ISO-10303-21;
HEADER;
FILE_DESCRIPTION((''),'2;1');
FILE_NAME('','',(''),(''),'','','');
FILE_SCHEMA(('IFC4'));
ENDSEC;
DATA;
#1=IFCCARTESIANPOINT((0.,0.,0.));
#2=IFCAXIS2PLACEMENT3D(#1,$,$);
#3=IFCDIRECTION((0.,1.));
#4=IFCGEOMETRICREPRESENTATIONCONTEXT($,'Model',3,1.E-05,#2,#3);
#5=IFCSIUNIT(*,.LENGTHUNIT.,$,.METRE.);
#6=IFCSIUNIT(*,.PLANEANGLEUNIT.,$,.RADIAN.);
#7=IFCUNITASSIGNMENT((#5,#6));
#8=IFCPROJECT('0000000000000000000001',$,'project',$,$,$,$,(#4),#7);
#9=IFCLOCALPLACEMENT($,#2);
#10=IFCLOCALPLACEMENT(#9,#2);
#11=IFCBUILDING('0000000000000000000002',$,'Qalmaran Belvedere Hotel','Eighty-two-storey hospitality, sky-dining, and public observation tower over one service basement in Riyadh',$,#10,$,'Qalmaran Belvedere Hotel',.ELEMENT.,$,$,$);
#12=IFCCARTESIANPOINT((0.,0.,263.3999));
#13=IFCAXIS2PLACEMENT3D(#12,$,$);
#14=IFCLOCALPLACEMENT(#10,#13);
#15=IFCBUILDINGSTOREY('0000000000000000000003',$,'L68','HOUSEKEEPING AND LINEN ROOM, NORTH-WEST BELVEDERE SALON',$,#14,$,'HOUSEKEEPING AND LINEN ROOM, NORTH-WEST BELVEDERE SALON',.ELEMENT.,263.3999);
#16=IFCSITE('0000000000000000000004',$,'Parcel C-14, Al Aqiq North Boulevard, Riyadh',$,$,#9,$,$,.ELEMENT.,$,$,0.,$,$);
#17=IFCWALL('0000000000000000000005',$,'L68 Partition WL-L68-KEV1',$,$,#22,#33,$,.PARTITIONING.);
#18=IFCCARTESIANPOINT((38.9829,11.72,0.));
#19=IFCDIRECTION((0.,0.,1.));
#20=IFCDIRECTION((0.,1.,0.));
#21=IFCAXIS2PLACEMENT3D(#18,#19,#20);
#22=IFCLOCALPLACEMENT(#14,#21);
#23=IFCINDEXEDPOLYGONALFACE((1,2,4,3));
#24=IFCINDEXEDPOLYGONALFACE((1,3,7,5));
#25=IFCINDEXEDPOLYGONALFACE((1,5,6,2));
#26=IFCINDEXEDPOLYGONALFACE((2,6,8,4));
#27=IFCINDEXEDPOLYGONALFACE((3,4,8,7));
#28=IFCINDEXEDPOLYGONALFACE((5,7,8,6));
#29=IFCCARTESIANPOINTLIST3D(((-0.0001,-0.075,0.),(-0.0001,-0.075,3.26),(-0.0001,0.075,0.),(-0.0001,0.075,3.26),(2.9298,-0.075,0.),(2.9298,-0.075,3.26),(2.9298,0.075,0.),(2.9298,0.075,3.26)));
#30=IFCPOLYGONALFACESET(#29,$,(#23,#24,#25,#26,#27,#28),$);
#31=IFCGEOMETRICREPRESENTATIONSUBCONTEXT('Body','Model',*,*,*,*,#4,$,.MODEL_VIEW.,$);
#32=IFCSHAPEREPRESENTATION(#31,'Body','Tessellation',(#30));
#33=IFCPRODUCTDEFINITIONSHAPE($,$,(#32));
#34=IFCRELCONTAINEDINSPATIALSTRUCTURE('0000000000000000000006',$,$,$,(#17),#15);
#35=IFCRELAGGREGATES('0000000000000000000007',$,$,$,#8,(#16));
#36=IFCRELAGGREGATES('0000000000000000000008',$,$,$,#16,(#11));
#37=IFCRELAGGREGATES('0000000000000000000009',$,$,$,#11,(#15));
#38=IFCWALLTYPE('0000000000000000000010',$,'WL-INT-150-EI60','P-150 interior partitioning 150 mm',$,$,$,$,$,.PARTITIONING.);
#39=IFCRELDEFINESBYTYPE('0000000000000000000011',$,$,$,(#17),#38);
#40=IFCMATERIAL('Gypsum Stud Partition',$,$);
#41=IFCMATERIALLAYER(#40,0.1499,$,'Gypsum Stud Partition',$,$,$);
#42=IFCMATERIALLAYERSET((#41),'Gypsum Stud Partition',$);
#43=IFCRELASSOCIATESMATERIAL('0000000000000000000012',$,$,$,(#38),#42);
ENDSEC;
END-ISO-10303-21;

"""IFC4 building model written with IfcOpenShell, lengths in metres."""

from ifc_helpers import new_model, si_unit, direction, frame, frame_2d, origin, place, context, subcontext, project, spatial, rectangle, extrude, material, layer, layer_set, type_object, element, save


model = new_model("IFC4")

# Units and contexts
model_context = context("Model", 3, precision=1e-05, world=origin(), true_north=direction((0.0, 1.0)))
body_context = subcontext(model_context, "Body", "Model", "MODEL_VIEW")
ifc_project = project(units=[si_unit("LENGTHUNIT", "METRE"), si_unit("PLANEANGLEUNIT", "RADIAN")], contexts=[model_context])

# Site, building, storey
site_placement = place(None, origin())
site = spatial("IfcSite", under=ifc_project, at=site_placement, Name="Parcel C-14, Al Aqiq North Boulevard, Riyadh", CompositionType="ELEMENT", RefElevation=0.0)
building_placement = place(site_placement, origin())
building = spatial("IfcBuilding", under=site, at=building_placement, Name="Qalmaran Belvedere Hotel", Description="Eighty-two-storey hospitality, sky-dining, and public observation tower over one service basement in Riyadh", LongName="Qalmaran Belvedere Hotel", CompositionType="ELEMENT")
storey_placement = place(building_placement, frame((0.0, 0.0, 263.3999)))
storey = spatial("IfcBuildingStorey", under=building, at=storey_placement, Name="L68", Description="HOUSEKEEPING AND LINEN ROOM, NORTH-WEST BELVEDERE SALON", LongName="HOUSEKEEPING AND LINEN ROOM, NORTH-WEST BELVEDERE SALON", CompositionType="ELEMENT", Elevation=263.3999)

# Wall
ifc_material_1 = material(Name="Gypsum Stud Partition")
ifc_layer_1 = layer(ifc_material_1, 0.1499, Name="Gypsum Stud Partition")
ifc_layer_set_1 = layer_set([ifc_layer_1], Name="Gypsum Stud Partition")
wall_type_1 = type_object("IfcWallType", Name="WL-INT-150-EI60", Description="P-150 interior partitioning 150 mm", PredefinedType="PARTITIONING", material=ifc_layer_set_1)
wall_1_placement = place(storey_placement, frame((38.9829, 11.72, 0.0), z_axis=(0.0, 0.0, 1.0), x_axis=(0.0, 1.0, 0.0)))
element("IfcWall", 1, at=wall_1_placement, inside=storey, type_object=wall_type_1, Name="L68 Partition WL-L68-KEV1", PredefinedType="PARTITIONING", context=body_context, shape_type="SweptSolid", body=[
    extrude(rectangle(XDim=2.9299, YDim=0.1499, at=frame_2d((1.4648, 0.0))), origin(), (0.0, 0.0, 1.0), 3.26),
])

save(model, "model.ifc")
